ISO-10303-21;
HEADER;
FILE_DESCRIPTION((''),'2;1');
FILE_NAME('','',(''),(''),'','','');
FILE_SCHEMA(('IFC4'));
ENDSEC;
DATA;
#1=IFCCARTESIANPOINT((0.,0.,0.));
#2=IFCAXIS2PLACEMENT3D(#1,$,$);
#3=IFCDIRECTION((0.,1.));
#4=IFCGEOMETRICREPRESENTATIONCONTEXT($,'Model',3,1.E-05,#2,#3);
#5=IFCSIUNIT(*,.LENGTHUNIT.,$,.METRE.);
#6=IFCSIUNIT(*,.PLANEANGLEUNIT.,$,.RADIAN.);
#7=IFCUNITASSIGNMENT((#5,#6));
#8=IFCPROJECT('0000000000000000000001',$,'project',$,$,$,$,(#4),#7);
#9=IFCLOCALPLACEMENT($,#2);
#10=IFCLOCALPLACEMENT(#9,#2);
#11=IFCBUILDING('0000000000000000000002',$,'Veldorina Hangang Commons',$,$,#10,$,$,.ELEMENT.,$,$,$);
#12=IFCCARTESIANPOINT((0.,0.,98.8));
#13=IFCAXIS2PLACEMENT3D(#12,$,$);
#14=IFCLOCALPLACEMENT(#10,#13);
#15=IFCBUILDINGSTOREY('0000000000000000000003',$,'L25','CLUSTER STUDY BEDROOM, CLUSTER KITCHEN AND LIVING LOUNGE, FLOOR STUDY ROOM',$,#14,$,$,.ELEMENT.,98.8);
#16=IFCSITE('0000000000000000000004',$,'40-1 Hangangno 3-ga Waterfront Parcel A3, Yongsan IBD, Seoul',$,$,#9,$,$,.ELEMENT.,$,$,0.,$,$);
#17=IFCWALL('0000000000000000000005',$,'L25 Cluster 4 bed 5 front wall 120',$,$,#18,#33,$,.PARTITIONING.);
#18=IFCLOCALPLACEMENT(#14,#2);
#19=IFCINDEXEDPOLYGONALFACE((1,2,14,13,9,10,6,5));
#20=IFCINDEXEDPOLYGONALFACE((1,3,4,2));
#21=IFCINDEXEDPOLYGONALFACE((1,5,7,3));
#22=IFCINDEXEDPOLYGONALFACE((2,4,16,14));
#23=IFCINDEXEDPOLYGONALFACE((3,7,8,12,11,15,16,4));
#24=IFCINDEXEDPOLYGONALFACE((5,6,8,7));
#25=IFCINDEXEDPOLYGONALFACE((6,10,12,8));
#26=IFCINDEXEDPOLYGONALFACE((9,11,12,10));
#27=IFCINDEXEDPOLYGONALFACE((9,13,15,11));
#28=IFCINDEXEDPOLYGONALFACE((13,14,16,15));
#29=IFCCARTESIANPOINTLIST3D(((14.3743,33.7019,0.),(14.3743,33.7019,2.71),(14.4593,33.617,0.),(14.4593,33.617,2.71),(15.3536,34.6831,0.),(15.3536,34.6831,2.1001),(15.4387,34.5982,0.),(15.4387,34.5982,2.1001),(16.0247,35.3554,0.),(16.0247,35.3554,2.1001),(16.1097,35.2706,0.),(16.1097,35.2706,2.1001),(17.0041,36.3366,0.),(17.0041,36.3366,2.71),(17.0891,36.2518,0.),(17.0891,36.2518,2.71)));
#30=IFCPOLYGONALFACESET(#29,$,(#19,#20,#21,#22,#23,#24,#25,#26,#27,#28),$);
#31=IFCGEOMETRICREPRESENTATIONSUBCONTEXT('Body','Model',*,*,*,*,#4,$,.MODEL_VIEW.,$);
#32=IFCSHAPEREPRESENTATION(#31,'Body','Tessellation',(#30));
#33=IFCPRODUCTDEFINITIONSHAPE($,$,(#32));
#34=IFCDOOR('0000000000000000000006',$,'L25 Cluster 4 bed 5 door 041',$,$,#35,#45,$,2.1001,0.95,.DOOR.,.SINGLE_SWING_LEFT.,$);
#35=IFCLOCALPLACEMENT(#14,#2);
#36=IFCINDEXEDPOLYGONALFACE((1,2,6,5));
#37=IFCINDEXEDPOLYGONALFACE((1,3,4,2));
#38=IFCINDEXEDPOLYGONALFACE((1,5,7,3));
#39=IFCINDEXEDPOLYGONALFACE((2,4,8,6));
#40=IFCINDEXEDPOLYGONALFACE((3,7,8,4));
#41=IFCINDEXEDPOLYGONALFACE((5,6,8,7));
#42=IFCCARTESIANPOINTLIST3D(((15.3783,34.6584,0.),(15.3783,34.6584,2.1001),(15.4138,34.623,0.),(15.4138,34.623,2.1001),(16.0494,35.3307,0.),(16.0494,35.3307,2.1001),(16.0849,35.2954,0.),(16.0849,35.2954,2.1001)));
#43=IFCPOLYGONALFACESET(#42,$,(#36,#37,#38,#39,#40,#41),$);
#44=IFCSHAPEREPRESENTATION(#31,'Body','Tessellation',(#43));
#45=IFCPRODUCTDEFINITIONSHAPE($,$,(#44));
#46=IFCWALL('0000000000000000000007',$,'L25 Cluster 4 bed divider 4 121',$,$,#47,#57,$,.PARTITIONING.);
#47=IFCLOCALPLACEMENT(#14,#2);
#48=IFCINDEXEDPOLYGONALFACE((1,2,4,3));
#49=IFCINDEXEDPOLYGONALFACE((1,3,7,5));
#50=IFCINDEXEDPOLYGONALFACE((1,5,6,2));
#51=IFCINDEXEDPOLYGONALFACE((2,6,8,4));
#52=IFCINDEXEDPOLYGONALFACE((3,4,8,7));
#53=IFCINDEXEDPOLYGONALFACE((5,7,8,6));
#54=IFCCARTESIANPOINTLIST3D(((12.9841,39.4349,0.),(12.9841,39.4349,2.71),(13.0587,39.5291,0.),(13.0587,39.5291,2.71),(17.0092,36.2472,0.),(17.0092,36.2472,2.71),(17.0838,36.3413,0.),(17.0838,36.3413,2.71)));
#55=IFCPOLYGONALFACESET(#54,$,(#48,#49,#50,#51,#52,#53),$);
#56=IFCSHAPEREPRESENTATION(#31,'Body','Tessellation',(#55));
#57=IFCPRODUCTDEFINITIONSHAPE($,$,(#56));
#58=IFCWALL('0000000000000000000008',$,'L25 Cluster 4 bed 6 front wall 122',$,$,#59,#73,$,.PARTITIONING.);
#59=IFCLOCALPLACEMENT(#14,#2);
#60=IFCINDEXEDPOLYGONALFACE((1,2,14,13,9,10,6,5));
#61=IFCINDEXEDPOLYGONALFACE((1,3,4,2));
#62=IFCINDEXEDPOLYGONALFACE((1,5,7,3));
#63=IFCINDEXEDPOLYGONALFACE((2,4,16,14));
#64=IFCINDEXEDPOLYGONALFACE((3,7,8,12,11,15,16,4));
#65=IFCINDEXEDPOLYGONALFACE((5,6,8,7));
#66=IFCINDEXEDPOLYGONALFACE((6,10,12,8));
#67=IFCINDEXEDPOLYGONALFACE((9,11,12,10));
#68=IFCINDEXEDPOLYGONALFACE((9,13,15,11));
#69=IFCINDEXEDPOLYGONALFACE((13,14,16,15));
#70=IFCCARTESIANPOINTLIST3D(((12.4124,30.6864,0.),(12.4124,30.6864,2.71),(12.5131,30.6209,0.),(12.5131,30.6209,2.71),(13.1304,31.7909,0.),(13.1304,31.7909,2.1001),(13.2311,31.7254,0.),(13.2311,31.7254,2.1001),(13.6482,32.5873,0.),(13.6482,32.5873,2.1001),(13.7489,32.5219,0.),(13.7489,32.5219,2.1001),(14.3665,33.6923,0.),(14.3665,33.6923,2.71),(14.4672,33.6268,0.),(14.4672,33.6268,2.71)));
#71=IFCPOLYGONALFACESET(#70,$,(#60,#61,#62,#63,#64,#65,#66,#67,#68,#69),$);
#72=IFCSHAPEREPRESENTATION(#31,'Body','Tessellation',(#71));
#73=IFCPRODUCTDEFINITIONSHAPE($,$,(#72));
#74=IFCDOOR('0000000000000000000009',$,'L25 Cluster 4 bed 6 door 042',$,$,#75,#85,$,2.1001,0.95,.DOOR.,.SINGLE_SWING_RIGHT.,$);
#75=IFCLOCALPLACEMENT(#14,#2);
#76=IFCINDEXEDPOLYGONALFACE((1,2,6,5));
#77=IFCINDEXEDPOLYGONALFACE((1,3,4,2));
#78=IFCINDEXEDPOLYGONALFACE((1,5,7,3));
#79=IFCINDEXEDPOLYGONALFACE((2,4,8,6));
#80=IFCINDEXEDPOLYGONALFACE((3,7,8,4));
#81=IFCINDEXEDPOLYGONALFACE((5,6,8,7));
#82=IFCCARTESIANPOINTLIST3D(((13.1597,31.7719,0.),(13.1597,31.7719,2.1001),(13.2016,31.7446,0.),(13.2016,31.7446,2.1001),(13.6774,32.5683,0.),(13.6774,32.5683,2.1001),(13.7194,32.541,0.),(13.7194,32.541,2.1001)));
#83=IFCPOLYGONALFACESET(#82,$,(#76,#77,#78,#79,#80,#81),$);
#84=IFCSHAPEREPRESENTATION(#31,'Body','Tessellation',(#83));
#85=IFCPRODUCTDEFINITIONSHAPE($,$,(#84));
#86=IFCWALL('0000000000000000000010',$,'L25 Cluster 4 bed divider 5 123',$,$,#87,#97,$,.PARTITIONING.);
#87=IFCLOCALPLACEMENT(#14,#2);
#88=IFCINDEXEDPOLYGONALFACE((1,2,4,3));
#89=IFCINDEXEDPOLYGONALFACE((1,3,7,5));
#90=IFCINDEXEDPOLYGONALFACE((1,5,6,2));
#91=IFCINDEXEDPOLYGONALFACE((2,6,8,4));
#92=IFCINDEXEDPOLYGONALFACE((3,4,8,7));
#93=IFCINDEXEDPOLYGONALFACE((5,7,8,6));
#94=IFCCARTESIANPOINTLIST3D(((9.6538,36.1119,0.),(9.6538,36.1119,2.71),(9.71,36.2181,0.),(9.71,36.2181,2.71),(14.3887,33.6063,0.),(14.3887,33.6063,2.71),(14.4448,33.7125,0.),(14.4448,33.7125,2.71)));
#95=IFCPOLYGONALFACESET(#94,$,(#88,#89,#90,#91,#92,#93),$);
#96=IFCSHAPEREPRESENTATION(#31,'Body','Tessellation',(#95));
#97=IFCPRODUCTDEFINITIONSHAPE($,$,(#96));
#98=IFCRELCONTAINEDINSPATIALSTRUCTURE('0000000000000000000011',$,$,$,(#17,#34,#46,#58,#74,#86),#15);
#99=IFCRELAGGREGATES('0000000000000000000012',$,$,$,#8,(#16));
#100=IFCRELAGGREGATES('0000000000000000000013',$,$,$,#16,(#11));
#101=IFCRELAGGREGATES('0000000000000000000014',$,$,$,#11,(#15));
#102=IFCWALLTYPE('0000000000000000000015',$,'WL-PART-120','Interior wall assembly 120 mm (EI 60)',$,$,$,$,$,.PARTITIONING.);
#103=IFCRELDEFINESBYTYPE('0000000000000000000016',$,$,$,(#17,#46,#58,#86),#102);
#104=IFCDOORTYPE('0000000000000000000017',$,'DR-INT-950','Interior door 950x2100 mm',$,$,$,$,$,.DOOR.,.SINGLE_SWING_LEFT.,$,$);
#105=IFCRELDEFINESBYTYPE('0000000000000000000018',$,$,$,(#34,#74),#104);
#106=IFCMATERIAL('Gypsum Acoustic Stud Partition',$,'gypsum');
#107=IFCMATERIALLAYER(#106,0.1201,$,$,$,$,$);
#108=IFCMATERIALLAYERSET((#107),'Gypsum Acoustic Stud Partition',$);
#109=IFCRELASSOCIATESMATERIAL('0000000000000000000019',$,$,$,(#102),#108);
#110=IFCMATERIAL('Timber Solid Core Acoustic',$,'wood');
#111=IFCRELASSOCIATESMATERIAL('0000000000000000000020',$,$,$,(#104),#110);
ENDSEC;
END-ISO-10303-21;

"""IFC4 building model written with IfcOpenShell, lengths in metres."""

from ifc_helpers import new_model, si_unit, direction, frame, frame_2d, origin, place, context, subcontext, project, spatial, rectangle, extrude, material, layer, layer_set, type_object, element, fill, save


model = new_model("IFC4")

# Units and contexts
model_context = context("Model", 3, precision=1e-05, world=origin(), true_north=direction((0.0, 1.0)))
body_context = subcontext(model_context, "Body", "Model", "MODEL_VIEW")
ifc_project = project(units=[si_unit("LENGTHUNIT", "METRE"), si_unit("PLANEANGLEUNIT", "RADIAN")], contexts=[model_context])

# Site, building, storey
site_placement = place(None, origin())
site = spatial("IfcSite", under=ifc_project, at=site_placement, Name="40-1 Hangangno 3-ga Waterfront Parcel A3, Yongsan IBD, Seoul", CompositionType="ELEMENT", RefElevation=0.0)
building_placement = place(site_placement, origin())
building = spatial("IfcBuilding", under=site, at=building_placement, Name="Veldorina Hangang Commons", CompositionType="ELEMENT")
storey_placement = place(building_placement, frame((0.0, 0.0, 98.8)))
storey = spatial("IfcBuildingStorey", under=building, at=storey_placement, Name="L25", Description="CLUSTER STUDY BEDROOM, CLUSTER KITCHEN AND LIVING LOUNGE, FLOOR STUDY ROOM", CompositionType="ELEMENT", Elevation=98.8)

# Shared definitions
ifc_material_1 = material(Name="Gypsum Acoustic Stud Partition", Category="gypsum")
ifc_layer_1 = layer(ifc_material_1, 0.1201)
ifc_layer_set_1 = layer_set([ifc_layer_1], Name="Gypsum Acoustic Stud Partition")
wall_type_1 = type_object("IfcWallType", Name="WL-PART-120", Description="Interior wall assembly 120 mm (EI 60)", PredefinedType="PARTITIONING", material=ifc_layer_set_1)
ifc_material_2 = material(Name="Timber Solid Core Acoustic", Category="wood")
door_type = type_object("IfcDoorType", Name="DR-INT-950", Description="Interior door 950x2100 mm", OperationType="SINGLE_SWING_LEFT", PredefinedType="DOOR", material=ifc_material_2)

# Wall, opening, door
wall_1_placement = place(storey_placement, frame((17.0466, 36.2942, 0.0), z_axis=(0.0, 0.0, 1.0), x_axis=(-0.706451, -0.707762, 0.0)))
wall_1 = element("IfcWall", 1, at=wall_1_placement, inside=storey, type_object=wall_type_1, Name="L25 Cluster 4 bed 5 front wall 120", PredefinedType="PARTITIONING", context=body_context, shape_type="SweptSolid", body=[
    extrude(rectangle(XDim=3.7227, YDim=0.1201, at=frame_2d((1.8613, 0.0))), origin(), (0.0, 0.0, 1.0), 2.71),
])
opening_1_placement = place(wall_1_placement, frame((1.3862, 0.0, 0.0)))
opening_1 = element("IfcOpeningElement", 2, at=opening_1_placement, cuts=wall_1, PredefinedType="OPENING", context=body_context, shape_type="SweptSolid", body=[
    extrude(rectangle(XDim=0.95, YDim=2.1001, at=frame_2d((0.4751, 1.05))), frame((0.0, 0.0701, 0.0), z_axis=(0.0, -1.0, 0.0), x_axis=(1.0, 0.0, 0.0)), (0.0, 0.0, 1.0), 0.1401),
])
door_1_placement = place(opening_1_placement, origin())
door_1 = element("IfcDoor", 3, at=door_1_placement, inside=storey, type_object=door_type, Name="L25 Cluster 4 bed 5 door 041", OperationType="SINGLE_SWING_LEFT", OverallHeight=2.1001, OverallWidth=0.95, PredefinedType="DOOR", context=body_context, shape_type="SweptSolid", body=[
    extrude(rectangle(XDim=0.95, YDim=2.1001, at=frame_2d((0.4751, 1.05))), frame((0.0, 0.0249, 0.0), z_axis=(0.0, -1.0, 0.0), x_axis=(1.0, 0.0, 0.0)), (0.0, 0.0, 1.0), 0.05),
])
fill(opening_1, door_1)

# Wall
wall_2_placement = place(storey_placement, frame((17.0466, 36.2942, 0.0), z_axis=(0.0, 0.0, 1.0), x_axis=(-0.783935, 0.620843, 0.0)))
element("IfcWall", 4, at=wall_2_placement, inside=storey, type_object=wall_type_1, Name="L25 Cluster 4 bed divider 4 121", PredefinedType="PARTITIONING", context=body_context, shape_type="SweptSolid", body=[
    extrude(rectangle(XDim=5.1345, YDim=0.1201, at=frame_2d((2.5674, 0.0))), origin(), (0.0, 0.0, 1.0), 2.71),
])

# Wall, opening, door
wall_3_placement = place(storey_placement, frame((14.4167, 33.6594, 0.0), z_axis=(0.0, 0.0, 1.0), x_axis=(-0.545046, -0.838406, 0.0)))
wall_3 = element("IfcWall", 5, at=wall_3_placement, inside=storey, type_object=wall_type_1, Name="L25 Cluster 4 bed 6 front wall 122", PredefinedType="PARTITIONING", context=body_context, shape_type="SweptSolid", body=[
    extrude(rectangle(XDim=3.5852, YDim=0.1201, at=frame_2d((1.7925, 0.0))), origin(), (0.0, 0.0, 1.0), 2.71),
])
opening_2_placement = place(wall_3_placement, frame((1.3176, 0.0, 0.0)))
opening_2 = element("IfcOpeningElement", 6, at=opening_2_placement, cuts=wall_3, PredefinedType="OPENING", context=body_context, shape_type="SweptSolid", body=[
    extrude(rectangle(XDim=0.95, YDim=2.1001, at=frame_2d((0.4751, 1.05))), frame((0.0, 0.0701, 0.0), z_axis=(0.0, -1.0, 0.0), x_axis=(1.0, 0.0, 0.0)), (0.0, 0.0, 1.0), 0.1401),
])
door_2_placement = place(opening_2_placement, origin())
door_2 = element("IfcDoor", 7, at=door_2_placement, inside=storey, type_object=door_type, Name="L25 Cluster 4 bed 6 door 042", OperationType="SINGLE_SWING_RIGHT", OverallHeight=2.1001, OverallWidth=0.95, PredefinedType="DOOR", context=body_context, shape_type="SweptSolid", body=[
    extrude(rectangle(XDim=0.95, YDim=2.1001, at=frame_2d((0.4751, 1.05))), frame((0.0, 0.0249, 0.0), z_axis=(0.0, -1.0, 0.0), x_axis=(1.0, 0.0, 0.0)), (0.0, 0.0, 1.0), 0.05),
])
fill(opening_2, door_2)

# Wall
wall_4_placement = place(storey_placement, frame((14.4167, 33.6594, 0.0), z_axis=(0.0, 0.0, 1.0), x_axis=(-0.883871, 0.467731, 0.0)))
element("IfcWall", 8, at=wall_4_placement, inside=storey, type_object=wall_type_1, Name="L25 Cluster 4 bed divider 5 123", PredefinedType="PARTITIONING", context=body_context, shape_type="SweptSolid", body=[
    extrude(rectangle(XDim=5.3569, YDim=0.1201, at=frame_2d((2.6785, 0.0))), origin(), (0.0, 0.0, 1.0), 2.71),
])

save(model, "model.ifc")
